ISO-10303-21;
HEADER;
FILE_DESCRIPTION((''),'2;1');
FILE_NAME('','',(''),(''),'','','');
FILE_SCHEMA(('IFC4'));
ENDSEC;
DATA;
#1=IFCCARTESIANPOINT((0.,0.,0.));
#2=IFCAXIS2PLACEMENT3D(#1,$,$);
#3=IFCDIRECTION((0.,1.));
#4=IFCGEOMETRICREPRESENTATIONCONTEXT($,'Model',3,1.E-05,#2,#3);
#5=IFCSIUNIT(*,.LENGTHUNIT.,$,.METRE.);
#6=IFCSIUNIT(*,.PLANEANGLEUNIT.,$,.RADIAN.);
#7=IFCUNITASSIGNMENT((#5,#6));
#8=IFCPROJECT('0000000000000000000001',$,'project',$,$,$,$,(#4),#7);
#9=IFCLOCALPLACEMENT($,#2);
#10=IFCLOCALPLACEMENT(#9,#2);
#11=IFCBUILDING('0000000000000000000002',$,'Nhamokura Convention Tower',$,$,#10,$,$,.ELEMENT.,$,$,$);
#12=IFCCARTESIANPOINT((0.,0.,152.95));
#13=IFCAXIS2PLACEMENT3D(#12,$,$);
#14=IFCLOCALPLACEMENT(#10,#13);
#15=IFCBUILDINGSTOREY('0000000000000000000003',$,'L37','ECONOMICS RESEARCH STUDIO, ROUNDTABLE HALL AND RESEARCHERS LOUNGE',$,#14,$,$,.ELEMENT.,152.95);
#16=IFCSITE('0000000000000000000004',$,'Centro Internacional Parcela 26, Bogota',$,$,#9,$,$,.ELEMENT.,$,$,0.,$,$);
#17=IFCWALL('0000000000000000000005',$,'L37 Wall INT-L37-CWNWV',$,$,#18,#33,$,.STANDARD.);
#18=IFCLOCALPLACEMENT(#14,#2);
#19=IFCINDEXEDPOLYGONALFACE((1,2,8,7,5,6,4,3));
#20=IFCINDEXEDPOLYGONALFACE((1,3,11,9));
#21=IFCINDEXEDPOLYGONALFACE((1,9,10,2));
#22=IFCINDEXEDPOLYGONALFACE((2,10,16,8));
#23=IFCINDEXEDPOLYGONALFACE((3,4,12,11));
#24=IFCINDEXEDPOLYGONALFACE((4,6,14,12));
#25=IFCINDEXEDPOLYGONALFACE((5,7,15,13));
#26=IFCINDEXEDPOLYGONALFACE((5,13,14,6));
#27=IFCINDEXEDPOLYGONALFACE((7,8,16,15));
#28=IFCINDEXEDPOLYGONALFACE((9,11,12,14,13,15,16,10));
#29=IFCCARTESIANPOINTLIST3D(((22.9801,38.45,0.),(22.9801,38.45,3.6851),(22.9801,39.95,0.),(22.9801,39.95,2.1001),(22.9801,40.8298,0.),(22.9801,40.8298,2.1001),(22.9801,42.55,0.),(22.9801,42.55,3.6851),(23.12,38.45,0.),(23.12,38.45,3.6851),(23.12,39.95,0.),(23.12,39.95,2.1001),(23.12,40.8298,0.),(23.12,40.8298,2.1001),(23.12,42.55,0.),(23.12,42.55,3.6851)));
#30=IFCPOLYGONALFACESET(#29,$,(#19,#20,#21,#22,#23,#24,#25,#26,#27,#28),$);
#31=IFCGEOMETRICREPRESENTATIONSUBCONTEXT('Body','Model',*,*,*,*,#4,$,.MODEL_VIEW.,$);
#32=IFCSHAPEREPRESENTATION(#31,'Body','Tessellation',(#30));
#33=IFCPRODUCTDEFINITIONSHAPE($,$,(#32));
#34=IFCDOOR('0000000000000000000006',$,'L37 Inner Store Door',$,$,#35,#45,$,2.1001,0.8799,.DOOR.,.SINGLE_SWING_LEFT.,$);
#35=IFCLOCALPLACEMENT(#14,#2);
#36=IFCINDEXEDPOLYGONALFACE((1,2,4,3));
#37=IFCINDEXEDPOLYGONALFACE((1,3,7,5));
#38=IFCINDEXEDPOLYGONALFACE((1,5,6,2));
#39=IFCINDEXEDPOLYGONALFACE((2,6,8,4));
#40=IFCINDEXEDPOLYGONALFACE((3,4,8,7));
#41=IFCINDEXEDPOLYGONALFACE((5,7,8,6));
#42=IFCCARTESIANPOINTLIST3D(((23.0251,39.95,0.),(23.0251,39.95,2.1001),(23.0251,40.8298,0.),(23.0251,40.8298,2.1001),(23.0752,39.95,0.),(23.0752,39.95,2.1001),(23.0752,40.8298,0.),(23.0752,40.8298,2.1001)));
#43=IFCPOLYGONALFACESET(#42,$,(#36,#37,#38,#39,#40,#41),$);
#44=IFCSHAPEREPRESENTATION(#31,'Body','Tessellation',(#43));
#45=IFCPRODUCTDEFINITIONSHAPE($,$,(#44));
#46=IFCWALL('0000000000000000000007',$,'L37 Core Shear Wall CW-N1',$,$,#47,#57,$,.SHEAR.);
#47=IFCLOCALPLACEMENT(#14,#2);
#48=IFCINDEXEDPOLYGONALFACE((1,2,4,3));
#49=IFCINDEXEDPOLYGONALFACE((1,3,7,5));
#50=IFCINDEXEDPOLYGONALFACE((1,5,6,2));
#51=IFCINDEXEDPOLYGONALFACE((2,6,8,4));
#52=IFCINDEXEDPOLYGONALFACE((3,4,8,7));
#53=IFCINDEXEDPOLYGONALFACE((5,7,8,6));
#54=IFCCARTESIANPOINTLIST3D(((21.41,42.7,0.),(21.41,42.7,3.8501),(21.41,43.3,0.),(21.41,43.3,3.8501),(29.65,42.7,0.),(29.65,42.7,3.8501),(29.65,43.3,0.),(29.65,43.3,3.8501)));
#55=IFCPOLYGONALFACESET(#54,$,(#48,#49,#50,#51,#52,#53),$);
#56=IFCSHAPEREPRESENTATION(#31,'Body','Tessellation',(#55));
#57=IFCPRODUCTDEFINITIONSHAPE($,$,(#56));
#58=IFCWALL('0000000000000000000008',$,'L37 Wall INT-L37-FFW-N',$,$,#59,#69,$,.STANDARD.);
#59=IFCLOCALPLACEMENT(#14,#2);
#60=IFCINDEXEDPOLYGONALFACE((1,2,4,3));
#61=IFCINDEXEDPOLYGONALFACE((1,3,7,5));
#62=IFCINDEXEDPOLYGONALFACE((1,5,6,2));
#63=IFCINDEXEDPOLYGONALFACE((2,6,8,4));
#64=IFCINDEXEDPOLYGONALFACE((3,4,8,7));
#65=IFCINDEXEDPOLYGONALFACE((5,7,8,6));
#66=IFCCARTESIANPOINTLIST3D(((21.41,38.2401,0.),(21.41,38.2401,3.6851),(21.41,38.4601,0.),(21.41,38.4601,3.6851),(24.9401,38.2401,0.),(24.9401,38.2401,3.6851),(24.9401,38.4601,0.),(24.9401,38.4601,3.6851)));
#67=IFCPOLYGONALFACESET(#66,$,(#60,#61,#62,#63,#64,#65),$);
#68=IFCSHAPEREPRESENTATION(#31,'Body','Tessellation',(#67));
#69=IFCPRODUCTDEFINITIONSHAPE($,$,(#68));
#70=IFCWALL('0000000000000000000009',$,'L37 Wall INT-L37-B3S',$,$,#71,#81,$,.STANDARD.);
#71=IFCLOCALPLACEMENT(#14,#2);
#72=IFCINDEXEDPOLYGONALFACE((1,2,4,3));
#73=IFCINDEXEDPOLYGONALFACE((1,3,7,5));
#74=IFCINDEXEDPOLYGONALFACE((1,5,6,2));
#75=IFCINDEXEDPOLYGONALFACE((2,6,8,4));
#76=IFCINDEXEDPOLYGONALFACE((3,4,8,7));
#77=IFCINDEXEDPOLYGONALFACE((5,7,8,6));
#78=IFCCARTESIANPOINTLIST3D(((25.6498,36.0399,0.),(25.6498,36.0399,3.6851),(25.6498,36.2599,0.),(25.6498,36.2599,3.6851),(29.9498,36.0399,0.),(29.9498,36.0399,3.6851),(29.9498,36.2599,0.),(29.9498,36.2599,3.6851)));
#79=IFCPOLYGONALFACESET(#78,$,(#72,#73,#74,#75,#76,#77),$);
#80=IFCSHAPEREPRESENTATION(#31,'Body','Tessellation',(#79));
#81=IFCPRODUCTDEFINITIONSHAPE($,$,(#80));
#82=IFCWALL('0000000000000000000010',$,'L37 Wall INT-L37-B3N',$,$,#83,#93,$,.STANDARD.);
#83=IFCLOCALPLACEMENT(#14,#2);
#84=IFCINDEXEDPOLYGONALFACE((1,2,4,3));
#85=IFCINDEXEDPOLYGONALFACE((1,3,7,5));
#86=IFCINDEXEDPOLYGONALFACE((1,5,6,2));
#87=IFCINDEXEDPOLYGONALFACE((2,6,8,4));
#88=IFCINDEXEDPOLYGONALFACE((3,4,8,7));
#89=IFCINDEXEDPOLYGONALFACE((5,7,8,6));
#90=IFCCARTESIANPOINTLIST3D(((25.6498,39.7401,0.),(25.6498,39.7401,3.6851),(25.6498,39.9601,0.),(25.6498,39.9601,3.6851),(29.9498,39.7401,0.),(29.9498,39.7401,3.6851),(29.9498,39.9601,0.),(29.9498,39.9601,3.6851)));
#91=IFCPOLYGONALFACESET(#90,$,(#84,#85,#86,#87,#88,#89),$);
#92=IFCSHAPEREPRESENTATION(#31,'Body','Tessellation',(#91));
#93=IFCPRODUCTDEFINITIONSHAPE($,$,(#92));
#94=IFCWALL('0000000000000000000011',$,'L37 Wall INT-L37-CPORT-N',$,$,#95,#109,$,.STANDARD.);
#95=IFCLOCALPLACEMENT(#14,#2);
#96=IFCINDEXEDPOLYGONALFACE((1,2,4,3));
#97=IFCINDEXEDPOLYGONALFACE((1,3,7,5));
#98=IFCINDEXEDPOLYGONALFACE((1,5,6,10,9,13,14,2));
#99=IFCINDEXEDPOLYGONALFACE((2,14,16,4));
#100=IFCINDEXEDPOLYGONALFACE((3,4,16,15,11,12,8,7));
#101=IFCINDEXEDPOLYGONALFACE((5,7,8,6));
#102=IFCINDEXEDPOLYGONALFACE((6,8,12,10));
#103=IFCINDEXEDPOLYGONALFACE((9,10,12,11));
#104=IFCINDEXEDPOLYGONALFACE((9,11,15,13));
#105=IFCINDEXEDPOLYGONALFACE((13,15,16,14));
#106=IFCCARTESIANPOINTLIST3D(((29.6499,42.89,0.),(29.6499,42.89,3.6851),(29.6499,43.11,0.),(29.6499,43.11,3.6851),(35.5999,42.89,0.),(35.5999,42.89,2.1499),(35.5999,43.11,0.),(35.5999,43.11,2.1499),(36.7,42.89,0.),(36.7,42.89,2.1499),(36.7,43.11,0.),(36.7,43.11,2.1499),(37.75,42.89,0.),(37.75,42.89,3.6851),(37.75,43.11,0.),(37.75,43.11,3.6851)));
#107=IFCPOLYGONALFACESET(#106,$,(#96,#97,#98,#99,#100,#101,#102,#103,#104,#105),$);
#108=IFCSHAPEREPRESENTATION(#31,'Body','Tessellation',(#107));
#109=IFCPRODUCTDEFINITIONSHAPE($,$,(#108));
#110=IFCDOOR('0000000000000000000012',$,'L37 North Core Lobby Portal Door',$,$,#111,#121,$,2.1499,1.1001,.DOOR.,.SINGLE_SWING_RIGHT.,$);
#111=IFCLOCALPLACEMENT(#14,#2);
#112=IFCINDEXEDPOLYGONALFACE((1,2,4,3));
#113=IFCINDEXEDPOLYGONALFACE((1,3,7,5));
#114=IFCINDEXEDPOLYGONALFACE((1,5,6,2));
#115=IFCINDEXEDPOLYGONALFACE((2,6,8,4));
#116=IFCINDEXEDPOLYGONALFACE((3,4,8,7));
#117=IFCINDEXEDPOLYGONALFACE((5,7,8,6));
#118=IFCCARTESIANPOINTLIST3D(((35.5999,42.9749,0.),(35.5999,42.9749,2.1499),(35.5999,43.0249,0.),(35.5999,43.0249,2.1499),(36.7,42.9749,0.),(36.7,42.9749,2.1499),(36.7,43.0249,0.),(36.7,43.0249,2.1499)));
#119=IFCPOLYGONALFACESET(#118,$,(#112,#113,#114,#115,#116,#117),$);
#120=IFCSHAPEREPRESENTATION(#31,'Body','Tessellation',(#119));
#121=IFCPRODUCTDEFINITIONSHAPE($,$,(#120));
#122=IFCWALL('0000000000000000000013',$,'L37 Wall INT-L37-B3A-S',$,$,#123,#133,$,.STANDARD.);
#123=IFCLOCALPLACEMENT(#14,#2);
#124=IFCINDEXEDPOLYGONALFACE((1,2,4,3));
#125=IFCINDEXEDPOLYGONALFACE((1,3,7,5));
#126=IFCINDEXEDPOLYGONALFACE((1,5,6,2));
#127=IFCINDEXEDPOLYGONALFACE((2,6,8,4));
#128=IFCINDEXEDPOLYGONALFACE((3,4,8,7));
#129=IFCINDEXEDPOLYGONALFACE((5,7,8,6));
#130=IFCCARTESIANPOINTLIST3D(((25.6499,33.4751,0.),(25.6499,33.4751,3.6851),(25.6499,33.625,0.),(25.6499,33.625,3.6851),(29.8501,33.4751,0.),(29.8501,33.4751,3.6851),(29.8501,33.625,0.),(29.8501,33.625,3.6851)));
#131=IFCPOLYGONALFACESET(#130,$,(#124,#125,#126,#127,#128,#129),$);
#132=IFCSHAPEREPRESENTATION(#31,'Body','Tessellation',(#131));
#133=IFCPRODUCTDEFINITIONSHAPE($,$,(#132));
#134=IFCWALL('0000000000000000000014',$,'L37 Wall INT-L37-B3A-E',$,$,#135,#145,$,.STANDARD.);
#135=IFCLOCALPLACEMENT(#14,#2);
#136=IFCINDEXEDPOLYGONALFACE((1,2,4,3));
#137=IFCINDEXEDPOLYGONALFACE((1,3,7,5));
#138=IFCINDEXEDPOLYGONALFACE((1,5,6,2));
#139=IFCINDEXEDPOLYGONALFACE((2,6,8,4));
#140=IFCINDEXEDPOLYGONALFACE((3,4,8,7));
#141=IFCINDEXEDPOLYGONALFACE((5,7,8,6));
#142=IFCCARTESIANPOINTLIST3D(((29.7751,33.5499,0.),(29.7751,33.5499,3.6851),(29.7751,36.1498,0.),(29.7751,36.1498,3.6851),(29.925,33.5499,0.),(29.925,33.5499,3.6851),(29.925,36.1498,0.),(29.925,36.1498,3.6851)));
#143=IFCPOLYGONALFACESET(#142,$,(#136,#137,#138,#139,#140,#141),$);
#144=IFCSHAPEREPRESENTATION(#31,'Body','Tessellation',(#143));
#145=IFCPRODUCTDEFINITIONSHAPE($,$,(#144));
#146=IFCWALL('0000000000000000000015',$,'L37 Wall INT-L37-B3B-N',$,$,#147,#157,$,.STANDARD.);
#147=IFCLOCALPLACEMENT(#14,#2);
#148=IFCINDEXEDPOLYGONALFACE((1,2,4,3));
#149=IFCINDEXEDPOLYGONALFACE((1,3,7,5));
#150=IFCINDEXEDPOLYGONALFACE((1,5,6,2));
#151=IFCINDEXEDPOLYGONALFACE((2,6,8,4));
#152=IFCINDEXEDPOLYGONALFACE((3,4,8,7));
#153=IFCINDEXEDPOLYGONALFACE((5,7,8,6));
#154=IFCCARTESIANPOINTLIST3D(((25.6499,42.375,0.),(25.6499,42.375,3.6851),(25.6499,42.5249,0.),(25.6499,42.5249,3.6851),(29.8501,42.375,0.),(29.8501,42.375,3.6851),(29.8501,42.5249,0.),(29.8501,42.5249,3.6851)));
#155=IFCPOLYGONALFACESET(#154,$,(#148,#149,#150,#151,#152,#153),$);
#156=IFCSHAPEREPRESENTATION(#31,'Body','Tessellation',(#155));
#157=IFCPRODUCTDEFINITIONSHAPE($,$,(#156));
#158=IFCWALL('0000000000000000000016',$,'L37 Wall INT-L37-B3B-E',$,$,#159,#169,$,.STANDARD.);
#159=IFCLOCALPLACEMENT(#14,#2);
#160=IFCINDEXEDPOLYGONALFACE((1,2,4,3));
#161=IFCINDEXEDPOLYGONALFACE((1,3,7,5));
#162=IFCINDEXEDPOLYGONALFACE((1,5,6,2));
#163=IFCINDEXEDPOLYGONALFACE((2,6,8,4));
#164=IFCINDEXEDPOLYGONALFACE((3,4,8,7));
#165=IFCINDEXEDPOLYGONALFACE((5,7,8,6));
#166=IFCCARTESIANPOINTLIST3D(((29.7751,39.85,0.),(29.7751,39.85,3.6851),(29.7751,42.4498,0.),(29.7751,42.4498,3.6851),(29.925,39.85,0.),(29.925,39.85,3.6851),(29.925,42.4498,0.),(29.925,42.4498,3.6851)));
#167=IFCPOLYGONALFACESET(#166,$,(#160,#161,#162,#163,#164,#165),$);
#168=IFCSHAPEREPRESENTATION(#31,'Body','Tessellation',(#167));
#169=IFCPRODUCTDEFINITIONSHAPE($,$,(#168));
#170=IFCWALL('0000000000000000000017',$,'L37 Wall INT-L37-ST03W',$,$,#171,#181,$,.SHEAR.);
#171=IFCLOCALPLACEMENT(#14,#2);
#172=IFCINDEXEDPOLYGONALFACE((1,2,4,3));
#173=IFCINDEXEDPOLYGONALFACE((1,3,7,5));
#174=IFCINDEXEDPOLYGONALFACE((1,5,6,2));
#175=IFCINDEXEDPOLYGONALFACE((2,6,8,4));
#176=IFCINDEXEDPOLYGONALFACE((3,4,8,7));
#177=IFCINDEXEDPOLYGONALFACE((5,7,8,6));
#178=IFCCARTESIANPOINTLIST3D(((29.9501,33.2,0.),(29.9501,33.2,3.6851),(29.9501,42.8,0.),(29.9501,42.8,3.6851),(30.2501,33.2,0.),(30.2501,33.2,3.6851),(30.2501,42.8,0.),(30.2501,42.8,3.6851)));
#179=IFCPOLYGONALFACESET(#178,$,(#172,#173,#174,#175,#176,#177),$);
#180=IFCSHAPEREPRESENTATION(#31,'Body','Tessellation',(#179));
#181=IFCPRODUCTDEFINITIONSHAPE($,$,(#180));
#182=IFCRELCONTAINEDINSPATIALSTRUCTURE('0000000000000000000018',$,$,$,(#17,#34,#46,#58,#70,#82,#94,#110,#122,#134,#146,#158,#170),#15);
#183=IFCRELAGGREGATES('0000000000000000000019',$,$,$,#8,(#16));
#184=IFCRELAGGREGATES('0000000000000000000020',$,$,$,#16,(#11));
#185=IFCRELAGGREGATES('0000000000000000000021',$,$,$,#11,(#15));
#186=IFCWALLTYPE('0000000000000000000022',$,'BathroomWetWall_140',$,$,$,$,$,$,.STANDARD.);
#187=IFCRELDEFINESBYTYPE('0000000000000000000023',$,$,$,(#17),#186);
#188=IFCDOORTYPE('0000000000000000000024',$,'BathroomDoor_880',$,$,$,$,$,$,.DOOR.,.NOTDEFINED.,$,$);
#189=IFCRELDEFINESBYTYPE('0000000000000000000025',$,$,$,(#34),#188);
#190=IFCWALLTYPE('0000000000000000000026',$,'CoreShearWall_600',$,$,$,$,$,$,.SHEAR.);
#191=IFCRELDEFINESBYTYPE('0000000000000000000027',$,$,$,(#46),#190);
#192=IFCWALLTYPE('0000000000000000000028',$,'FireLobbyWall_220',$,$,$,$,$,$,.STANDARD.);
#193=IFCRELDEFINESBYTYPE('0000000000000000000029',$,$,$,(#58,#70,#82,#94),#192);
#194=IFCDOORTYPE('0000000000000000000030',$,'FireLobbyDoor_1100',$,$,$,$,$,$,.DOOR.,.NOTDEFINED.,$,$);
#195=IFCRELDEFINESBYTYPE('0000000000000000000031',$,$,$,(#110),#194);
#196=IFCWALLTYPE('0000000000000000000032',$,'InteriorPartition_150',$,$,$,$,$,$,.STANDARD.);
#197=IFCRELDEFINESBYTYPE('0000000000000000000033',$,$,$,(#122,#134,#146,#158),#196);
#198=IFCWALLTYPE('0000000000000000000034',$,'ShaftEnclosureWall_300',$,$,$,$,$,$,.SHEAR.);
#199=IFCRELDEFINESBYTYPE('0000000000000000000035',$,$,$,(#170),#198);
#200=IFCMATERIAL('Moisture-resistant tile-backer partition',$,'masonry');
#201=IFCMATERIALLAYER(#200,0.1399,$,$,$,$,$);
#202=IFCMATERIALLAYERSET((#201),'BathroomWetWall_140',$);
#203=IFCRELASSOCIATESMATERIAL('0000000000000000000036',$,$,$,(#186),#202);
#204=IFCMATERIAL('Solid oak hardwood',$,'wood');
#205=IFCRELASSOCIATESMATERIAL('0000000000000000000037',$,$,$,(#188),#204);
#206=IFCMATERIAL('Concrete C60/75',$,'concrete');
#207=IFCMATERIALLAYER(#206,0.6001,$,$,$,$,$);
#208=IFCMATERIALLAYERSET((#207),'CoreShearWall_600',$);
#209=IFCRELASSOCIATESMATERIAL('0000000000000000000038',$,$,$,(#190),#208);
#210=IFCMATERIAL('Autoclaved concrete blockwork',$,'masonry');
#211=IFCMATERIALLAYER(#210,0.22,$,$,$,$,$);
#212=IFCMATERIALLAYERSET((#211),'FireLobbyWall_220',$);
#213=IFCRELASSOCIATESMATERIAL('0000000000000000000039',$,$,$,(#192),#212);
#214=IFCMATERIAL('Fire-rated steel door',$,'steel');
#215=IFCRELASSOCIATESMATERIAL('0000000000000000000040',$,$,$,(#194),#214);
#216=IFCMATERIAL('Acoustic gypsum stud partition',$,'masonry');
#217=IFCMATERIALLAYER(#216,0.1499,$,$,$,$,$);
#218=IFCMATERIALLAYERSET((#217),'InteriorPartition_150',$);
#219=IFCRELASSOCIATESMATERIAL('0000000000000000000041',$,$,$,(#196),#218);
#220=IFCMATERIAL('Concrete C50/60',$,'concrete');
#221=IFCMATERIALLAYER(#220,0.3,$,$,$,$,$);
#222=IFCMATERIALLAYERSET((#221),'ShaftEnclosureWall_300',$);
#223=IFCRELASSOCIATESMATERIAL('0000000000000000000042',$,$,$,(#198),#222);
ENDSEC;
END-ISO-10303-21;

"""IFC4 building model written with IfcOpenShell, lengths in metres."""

from ifc_helpers import new_model, si_unit, direction, frame, frame_2d, origin, place, context, subcontext, project, spatial, rectangle, extrude, material, layer, layer_set, type_object, element, fill, save


model = new_model("IFC4")

# Units and contexts
model_context = context("Model", 3, precision=1e-05, world=origin(), true_north=direction((0.0, 1.0)))
body_context = subcontext(model_context, "Body", "Model", "MODEL_VIEW")
ifc_project = project(units=[si_unit("LENGTHUNIT", "METRE"), si_unit("PLANEANGLEUNIT", "RADIAN")], contexts=[model_context])

# Site, building, storey
site_placement = place(None, origin())
site = spatial("IfcSite", under=ifc_project, at=site_placement, Name="Centro Internacional Parcela 26, Bogota", CompositionType="ELEMENT", RefElevation=0.0)
building_placement = place(site_placement, origin())
building = spatial("IfcBuilding", under=site, at=building_placement, Name="Nhamokura Convention Tower", CompositionType="ELEMENT")
storey_placement = place(building_placement, frame((0.0, 0.0, 152.95)))
storey = spatial("IfcBuildingStorey", under=building, at=storey_placement, Name="L37", Description="ECONOMICS RESEARCH STUDIO, ROUNDTABLE HALL AND RESEARCHERS LOUNGE", CompositionType="ELEMENT", Elevation=152.95)

# Wall, opening, door
ifc_material_1 = material(Name="Moisture-resistant tile-backer partition", Category="masonry")
ifc_layer_1 = layer(ifc_material_1, 0.1399)
ifc_layer_set_1 = layer_set([ifc_layer_1], Name="BathroomWetWall_140")
wall_type_1 = type_object("IfcWallType", Name="BathroomWetWall_140", PredefinedType="STANDARD", material=ifc_layer_set_1)
wall_1_placement = place(storey_placement, frame((23.05, 38.45, 0.0), z_axis=(0.0, 0.0, 1.0), x_axis=(0.0, 1.0, 0.0)))
wall_1 = element("IfcWall", 1, at=wall_1_placement, inside=storey, type_object=wall_type_1, Name="L37 Wall INT-L37-CWNWV", PredefinedType="STANDARD", context=body_context, shape_type="SweptSolid", body=[
    extrude(rectangle(XDim=4.1001, YDim=0.1399, at=frame_2d((2.05, 0.0))), origin(), (0.0, 0.0, 1.0), 3.6851),
])
opening_1_placement = place(wall_1_placement, frame((1.5, 0.0, 0.0)))
opening_1 = element("IfcOpeningElement", 2, at=opening_1_placement, cuts=wall_1, PredefinedType="OPENING", context=body_context, shape_type="SweptSolid", body=[
    extrude(rectangle(XDim=0.8799, YDim=2.1001, at=frame_2d((0.4399, 1.05))), frame((0.0, 0.0798, 0.0), z_axis=(0.0, -1.0, 0.0), x_axis=(1.0, 0.0, 0.0)), (0.0, 0.0, 1.0), 0.1599),
])
ifc_material_2 = material(Name="Solid oak hardwood", Category="wood")
door_type_1 = type_object("IfcDoorType", Name="BathroomDoor_880", OperationType="NOTDEFINED", PredefinedType="DOOR", material=ifc_material_2)
door_1_placement = place(opening_1_placement, origin())
door_1 = element("IfcDoor", 3, at=door_1_placement, inside=storey, type_object=door_type_1, Name="L37 Inner Store Door", OperationType="SINGLE_SWING_LEFT", OverallHeight=2.1001, OverallWidth=0.8799, PredefinedType="DOOR", context=body_context, shape_type="SweptSolid", body=[
    extrude(rectangle(XDim=0.8799, YDim=2.1001, at=frame_2d((0.4399, 1.05))), frame((0.0, 0.0249, 0.0), z_axis=(0.0, -1.0, 0.0), x_axis=(1.0, 0.0, 0.0)), (0.0, 0.0, 1.0), 0.05),
])
fill(opening_1, door_1)

# Walls
ifc_material_3 = material(Name="Concrete C60/75", Category="concrete")
ifc_layer_2 = layer(ifc_material_3, 0.6001)
ifc_layer_set_2 = layer_set([ifc_layer_2], Name="CoreShearWall_600")
wall_type_2 = type_object("IfcWallType", Name="CoreShearWall_600", PredefinedType="SHEAR", material=ifc_layer_set_2)
wall_2_placement = place(storey_placement, frame((21.4099, 43.0, 0.0), z_axis=(0.0, 0.0, 1.0), x_axis=(1.0, 0.0, 0.0)))
element("IfcWall", 4, at=wall_2_placement, inside=storey, type_object=wall_type_2, Name="L37 Core Shear Wall CW-N1", PredefinedType="SHEAR", context=body_context, shape_type="SweptSolid", body=[
    extrude(rectangle(XDim=8.24, YDim=0.6001, at=frame_2d((4.1201, 0.0))), origin(), (0.0, 0.0, 1.0), 3.8501),
])
ifc_material_4 = material(Name="Autoclaved concrete blockwork", Category="masonry")
ifc_layer_3 = layer(ifc_material_4, 0.22)
ifc_layer_set_3 = layer_set([ifc_layer_3], Name="FireLobbyWall_220")
wall_type_3 = type_object("IfcWallType", Name="FireLobbyWall_220", PredefinedType="STANDARD", material=ifc_layer_set_3)
wall_3_placement = place(storey_placement, frame((21.4099, 38.3501, 0.0), z_axis=(0.0, 0.0, 1.0), x_axis=(1.0, 0.0, 0.0)))
element("IfcWall", 5, at=wall_3_placement, inside=storey, type_object=wall_type_3, Name="L37 Wall INT-L37-FFW-N", PredefinedType="STANDARD", context=body_context, shape_type="SweptSolid", body=[
    extrude(rectangle(XDim=3.53, YDim=0.22, at=frame_2d((1.7651, 0.0))), origin(), (0.0, 0.0, 1.0), 3.6851),
])
for number, where, z_axis, x_axis, name in (
    (6, (25.6499, 36.1499, 0.0), (0.0, 0.0, 1.0), (1.0, 0.0, 0.0), "L37 Wall INT-L37-B3S"),
    (7, (25.6499, 39.8501, 0.0), (0.0, 0.0, 1.0), (1.0, 0.0, 0.0), "L37 Wall INT-L37-B3N"),
):
    element("IfcWall", number, at=place(storey_placement, frame(where, z_axis=z_axis, x_axis=x_axis)), inside=storey, type_object=wall_type_3, Name=name, PredefinedType="STANDARD", context=body_context, shape_type="SweptSolid", body=[
        extrude(rectangle(XDim=4.3, YDim=0.22, at=frame_2d((2.1499, 0.0))), origin(), (0.0, 0.0, 1.0), 3.6851),
    ])

# Wall, opening, door
wall_4_placement = place(storey_placement, frame((29.6499, 43.0, 0.0), z_axis=(0.0, 0.0, 1.0), x_axis=(1.0, 0.0, 0.0)))
wall_4 = element("IfcWall", 8, at=wall_4_placement, inside=storey, type_object=wall_type_3, Name="L37 Wall INT-L37-CPORT-N", PredefinedType="STANDARD", context=body_context, shape_type="SweptSolid", body=[
    extrude(rectangle(XDim=8.1001, YDim=0.22, at=frame_2d((4.05, 0.0))), origin(), (0.0, 0.0, 1.0), 3.6851),
])
opening_2_placement = place(wall_4_placement, frame((5.95, 0.0, 0.0)))
opening_2 = element("IfcOpeningElement", 9, at=opening_2_placement, cuts=wall_4, PredefinedType="OPENING", context=body_context, shape_type="SweptSolid", body=[
    extrude(rectangle(XDim=1.1001, YDim=2.1499, at=frame_2d((0.55, 1.075))), frame((0.0, 0.1199, 0.0), z_axis=(0.0, -1.0, 0.0), x_axis=(1.0, 0.0, 0.0)), (0.0, 0.0, 1.0), 0.24),
])
ifc_material_5 = material(Name="Fire-rated steel door", Category="steel")
door_type_2 = type_object("IfcDoorType", Name="FireLobbyDoor_1100", OperationType="NOTDEFINED", PredefinedType="DOOR", material=ifc_material_5)
door_2_placement = place(opening_2_placement, origin())
door_2 = element("IfcDoor", 10, at=door_2_placement, inside=storey, type_object=door_type_2, Name="L37 North Core Lobby Portal Door", OperationType="SINGLE_SWING_RIGHT", OverallHeight=2.1499, OverallWidth=1.1001, PredefinedType="DOOR", context=body_context, shape_type="SweptSolid", body=[
    extrude(rectangle(XDim=1.1001, YDim=2.1499, at=frame_2d((0.55, 1.075))), frame((0.0, 0.0249, 0.0), z_axis=(0.0, -1.0, 0.0), x_axis=(1.0, 0.0, 0.0)), (0.0, 0.0, 1.0), 0.05),
])
fill(opening_2, door_2)

# Walls
ifc_material_6 = material(Name="Acoustic gypsum stud partition", Category="masonry")
ifc_layer_4 = layer(ifc_material_6, 0.1499)
ifc_layer_set_4 = layer_set([ifc_layer_4], Name="InteriorPartition_150")
wall_type_4 = type_object("IfcWallType", Name="InteriorPartition_150", PredefinedType="STANDARD", material=ifc_layer_set_4)
wall_5_placement = place(storey_placement, frame((25.6499, 33.55, 0.0), z_axis=(0.0, 0.0, 1.0), x_axis=(1.0, 0.0, 0.0)))
element("IfcWall", 11, at=wall_5_placement, inside=storey, type_object=wall_type_4, Name="L37 Wall INT-L37-B3A-S", PredefinedType="STANDARD", context=body_context, shape_type="SweptSolid", body=[
    extrude(rectangle(XDim=4.2002, YDim=0.1499, at=frame_2d((2.1001, 0.0))), origin(), (0.0, 0.0, 1.0), 3.6851),
])
wall_6_placement = place(storey_placement, frame((29.8501, 33.55, 0.0), z_axis=(0.0, 0.0, 1.0), x_axis=(0.0, 1.0, 0.0)))
element("IfcWall", 12, at=wall_6_placement, inside=storey, type_object=wall_type_4, Name="L37 Wall INT-L37-B3A-E", PredefinedType="STANDARD", context=body_context, shape_type="SweptSolid", body=[
    extrude(rectangle(XDim=2.5999, YDim=0.1499, at=frame_2d((1.2998, 0.0))), origin(), (0.0, 0.0, 1.0), 3.6851),
])
wall_7_placement = place(storey_placement, frame((25.6499, 42.45, 0.0), z_axis=(0.0, 0.0, 1.0), x_axis=(1.0, 0.0, 0.0)))
element("IfcWall", 13, at=wall_7_placement, inside=storey, type_object=wall_type_4, Name="L37 Wall INT-L37-B3B-N", PredefinedType="STANDARD", context=body_context, shape_type="SweptSolid", body=[
    extrude(rectangle(XDim=4.2002, YDim=0.1499, at=frame_2d((2.1001, 0.0))), origin(), (0.0, 0.0, 1.0), 3.6851),
])
wall_8_placement = place(storey_placement, frame((29.8501, 39.8501, 0.0), z_axis=(0.0, 0.0, 1.0), x_axis=(0.0, 1.0, 0.0)))
element("IfcWall", 14, at=wall_8_placement, inside=storey, type_object=wall_type_4, Name="L37 Wall INT-L37-B3B-E", PredefinedType="STANDARD", context=body_context, shape_type="SweptSolid", body=[
    extrude(rectangle(XDim=2.5999, YDim=0.1499, at=frame_2d((1.2998, 0.0))), origin(), (0.0, 0.0, 1.0), 3.6851),
])
ifc_material_7 = material(Name="Concrete C50/60", Category="concrete")
ifc_layer_5 = layer(ifc_material_7, 0.3)
ifc_layer_set_5 = layer_set([ifc_layer_5], Name="ShaftEnclosureWall_300")
wall_type_5 = type_object("IfcWallType", Name="ShaftEnclosureWall_300", PredefinedType="SHEAR", material=ifc_layer_set_5)
wall_9_placement = place(storey_placement, frame((30.1001, 33.2, 0.0), z_axis=(0.0, 0.0, 1.0), x_axis=(0.0, 1.0, 0.0)))
element("IfcWall", 15, at=wall_9_placement, inside=storey, type_object=wall_type_5, Name="L37 Wall INT-L37-ST03W", PredefinedType="SHEAR", context=body_context, shape_type="SweptSolid", body=[
    extrude(rectangle(XDim=9.6001, YDim=0.3, at=frame_2d((4.8, 0.0))), origin(), (0.0, 0.0, 1.0), 3.6851),
])

save(model, "model.ifc")
